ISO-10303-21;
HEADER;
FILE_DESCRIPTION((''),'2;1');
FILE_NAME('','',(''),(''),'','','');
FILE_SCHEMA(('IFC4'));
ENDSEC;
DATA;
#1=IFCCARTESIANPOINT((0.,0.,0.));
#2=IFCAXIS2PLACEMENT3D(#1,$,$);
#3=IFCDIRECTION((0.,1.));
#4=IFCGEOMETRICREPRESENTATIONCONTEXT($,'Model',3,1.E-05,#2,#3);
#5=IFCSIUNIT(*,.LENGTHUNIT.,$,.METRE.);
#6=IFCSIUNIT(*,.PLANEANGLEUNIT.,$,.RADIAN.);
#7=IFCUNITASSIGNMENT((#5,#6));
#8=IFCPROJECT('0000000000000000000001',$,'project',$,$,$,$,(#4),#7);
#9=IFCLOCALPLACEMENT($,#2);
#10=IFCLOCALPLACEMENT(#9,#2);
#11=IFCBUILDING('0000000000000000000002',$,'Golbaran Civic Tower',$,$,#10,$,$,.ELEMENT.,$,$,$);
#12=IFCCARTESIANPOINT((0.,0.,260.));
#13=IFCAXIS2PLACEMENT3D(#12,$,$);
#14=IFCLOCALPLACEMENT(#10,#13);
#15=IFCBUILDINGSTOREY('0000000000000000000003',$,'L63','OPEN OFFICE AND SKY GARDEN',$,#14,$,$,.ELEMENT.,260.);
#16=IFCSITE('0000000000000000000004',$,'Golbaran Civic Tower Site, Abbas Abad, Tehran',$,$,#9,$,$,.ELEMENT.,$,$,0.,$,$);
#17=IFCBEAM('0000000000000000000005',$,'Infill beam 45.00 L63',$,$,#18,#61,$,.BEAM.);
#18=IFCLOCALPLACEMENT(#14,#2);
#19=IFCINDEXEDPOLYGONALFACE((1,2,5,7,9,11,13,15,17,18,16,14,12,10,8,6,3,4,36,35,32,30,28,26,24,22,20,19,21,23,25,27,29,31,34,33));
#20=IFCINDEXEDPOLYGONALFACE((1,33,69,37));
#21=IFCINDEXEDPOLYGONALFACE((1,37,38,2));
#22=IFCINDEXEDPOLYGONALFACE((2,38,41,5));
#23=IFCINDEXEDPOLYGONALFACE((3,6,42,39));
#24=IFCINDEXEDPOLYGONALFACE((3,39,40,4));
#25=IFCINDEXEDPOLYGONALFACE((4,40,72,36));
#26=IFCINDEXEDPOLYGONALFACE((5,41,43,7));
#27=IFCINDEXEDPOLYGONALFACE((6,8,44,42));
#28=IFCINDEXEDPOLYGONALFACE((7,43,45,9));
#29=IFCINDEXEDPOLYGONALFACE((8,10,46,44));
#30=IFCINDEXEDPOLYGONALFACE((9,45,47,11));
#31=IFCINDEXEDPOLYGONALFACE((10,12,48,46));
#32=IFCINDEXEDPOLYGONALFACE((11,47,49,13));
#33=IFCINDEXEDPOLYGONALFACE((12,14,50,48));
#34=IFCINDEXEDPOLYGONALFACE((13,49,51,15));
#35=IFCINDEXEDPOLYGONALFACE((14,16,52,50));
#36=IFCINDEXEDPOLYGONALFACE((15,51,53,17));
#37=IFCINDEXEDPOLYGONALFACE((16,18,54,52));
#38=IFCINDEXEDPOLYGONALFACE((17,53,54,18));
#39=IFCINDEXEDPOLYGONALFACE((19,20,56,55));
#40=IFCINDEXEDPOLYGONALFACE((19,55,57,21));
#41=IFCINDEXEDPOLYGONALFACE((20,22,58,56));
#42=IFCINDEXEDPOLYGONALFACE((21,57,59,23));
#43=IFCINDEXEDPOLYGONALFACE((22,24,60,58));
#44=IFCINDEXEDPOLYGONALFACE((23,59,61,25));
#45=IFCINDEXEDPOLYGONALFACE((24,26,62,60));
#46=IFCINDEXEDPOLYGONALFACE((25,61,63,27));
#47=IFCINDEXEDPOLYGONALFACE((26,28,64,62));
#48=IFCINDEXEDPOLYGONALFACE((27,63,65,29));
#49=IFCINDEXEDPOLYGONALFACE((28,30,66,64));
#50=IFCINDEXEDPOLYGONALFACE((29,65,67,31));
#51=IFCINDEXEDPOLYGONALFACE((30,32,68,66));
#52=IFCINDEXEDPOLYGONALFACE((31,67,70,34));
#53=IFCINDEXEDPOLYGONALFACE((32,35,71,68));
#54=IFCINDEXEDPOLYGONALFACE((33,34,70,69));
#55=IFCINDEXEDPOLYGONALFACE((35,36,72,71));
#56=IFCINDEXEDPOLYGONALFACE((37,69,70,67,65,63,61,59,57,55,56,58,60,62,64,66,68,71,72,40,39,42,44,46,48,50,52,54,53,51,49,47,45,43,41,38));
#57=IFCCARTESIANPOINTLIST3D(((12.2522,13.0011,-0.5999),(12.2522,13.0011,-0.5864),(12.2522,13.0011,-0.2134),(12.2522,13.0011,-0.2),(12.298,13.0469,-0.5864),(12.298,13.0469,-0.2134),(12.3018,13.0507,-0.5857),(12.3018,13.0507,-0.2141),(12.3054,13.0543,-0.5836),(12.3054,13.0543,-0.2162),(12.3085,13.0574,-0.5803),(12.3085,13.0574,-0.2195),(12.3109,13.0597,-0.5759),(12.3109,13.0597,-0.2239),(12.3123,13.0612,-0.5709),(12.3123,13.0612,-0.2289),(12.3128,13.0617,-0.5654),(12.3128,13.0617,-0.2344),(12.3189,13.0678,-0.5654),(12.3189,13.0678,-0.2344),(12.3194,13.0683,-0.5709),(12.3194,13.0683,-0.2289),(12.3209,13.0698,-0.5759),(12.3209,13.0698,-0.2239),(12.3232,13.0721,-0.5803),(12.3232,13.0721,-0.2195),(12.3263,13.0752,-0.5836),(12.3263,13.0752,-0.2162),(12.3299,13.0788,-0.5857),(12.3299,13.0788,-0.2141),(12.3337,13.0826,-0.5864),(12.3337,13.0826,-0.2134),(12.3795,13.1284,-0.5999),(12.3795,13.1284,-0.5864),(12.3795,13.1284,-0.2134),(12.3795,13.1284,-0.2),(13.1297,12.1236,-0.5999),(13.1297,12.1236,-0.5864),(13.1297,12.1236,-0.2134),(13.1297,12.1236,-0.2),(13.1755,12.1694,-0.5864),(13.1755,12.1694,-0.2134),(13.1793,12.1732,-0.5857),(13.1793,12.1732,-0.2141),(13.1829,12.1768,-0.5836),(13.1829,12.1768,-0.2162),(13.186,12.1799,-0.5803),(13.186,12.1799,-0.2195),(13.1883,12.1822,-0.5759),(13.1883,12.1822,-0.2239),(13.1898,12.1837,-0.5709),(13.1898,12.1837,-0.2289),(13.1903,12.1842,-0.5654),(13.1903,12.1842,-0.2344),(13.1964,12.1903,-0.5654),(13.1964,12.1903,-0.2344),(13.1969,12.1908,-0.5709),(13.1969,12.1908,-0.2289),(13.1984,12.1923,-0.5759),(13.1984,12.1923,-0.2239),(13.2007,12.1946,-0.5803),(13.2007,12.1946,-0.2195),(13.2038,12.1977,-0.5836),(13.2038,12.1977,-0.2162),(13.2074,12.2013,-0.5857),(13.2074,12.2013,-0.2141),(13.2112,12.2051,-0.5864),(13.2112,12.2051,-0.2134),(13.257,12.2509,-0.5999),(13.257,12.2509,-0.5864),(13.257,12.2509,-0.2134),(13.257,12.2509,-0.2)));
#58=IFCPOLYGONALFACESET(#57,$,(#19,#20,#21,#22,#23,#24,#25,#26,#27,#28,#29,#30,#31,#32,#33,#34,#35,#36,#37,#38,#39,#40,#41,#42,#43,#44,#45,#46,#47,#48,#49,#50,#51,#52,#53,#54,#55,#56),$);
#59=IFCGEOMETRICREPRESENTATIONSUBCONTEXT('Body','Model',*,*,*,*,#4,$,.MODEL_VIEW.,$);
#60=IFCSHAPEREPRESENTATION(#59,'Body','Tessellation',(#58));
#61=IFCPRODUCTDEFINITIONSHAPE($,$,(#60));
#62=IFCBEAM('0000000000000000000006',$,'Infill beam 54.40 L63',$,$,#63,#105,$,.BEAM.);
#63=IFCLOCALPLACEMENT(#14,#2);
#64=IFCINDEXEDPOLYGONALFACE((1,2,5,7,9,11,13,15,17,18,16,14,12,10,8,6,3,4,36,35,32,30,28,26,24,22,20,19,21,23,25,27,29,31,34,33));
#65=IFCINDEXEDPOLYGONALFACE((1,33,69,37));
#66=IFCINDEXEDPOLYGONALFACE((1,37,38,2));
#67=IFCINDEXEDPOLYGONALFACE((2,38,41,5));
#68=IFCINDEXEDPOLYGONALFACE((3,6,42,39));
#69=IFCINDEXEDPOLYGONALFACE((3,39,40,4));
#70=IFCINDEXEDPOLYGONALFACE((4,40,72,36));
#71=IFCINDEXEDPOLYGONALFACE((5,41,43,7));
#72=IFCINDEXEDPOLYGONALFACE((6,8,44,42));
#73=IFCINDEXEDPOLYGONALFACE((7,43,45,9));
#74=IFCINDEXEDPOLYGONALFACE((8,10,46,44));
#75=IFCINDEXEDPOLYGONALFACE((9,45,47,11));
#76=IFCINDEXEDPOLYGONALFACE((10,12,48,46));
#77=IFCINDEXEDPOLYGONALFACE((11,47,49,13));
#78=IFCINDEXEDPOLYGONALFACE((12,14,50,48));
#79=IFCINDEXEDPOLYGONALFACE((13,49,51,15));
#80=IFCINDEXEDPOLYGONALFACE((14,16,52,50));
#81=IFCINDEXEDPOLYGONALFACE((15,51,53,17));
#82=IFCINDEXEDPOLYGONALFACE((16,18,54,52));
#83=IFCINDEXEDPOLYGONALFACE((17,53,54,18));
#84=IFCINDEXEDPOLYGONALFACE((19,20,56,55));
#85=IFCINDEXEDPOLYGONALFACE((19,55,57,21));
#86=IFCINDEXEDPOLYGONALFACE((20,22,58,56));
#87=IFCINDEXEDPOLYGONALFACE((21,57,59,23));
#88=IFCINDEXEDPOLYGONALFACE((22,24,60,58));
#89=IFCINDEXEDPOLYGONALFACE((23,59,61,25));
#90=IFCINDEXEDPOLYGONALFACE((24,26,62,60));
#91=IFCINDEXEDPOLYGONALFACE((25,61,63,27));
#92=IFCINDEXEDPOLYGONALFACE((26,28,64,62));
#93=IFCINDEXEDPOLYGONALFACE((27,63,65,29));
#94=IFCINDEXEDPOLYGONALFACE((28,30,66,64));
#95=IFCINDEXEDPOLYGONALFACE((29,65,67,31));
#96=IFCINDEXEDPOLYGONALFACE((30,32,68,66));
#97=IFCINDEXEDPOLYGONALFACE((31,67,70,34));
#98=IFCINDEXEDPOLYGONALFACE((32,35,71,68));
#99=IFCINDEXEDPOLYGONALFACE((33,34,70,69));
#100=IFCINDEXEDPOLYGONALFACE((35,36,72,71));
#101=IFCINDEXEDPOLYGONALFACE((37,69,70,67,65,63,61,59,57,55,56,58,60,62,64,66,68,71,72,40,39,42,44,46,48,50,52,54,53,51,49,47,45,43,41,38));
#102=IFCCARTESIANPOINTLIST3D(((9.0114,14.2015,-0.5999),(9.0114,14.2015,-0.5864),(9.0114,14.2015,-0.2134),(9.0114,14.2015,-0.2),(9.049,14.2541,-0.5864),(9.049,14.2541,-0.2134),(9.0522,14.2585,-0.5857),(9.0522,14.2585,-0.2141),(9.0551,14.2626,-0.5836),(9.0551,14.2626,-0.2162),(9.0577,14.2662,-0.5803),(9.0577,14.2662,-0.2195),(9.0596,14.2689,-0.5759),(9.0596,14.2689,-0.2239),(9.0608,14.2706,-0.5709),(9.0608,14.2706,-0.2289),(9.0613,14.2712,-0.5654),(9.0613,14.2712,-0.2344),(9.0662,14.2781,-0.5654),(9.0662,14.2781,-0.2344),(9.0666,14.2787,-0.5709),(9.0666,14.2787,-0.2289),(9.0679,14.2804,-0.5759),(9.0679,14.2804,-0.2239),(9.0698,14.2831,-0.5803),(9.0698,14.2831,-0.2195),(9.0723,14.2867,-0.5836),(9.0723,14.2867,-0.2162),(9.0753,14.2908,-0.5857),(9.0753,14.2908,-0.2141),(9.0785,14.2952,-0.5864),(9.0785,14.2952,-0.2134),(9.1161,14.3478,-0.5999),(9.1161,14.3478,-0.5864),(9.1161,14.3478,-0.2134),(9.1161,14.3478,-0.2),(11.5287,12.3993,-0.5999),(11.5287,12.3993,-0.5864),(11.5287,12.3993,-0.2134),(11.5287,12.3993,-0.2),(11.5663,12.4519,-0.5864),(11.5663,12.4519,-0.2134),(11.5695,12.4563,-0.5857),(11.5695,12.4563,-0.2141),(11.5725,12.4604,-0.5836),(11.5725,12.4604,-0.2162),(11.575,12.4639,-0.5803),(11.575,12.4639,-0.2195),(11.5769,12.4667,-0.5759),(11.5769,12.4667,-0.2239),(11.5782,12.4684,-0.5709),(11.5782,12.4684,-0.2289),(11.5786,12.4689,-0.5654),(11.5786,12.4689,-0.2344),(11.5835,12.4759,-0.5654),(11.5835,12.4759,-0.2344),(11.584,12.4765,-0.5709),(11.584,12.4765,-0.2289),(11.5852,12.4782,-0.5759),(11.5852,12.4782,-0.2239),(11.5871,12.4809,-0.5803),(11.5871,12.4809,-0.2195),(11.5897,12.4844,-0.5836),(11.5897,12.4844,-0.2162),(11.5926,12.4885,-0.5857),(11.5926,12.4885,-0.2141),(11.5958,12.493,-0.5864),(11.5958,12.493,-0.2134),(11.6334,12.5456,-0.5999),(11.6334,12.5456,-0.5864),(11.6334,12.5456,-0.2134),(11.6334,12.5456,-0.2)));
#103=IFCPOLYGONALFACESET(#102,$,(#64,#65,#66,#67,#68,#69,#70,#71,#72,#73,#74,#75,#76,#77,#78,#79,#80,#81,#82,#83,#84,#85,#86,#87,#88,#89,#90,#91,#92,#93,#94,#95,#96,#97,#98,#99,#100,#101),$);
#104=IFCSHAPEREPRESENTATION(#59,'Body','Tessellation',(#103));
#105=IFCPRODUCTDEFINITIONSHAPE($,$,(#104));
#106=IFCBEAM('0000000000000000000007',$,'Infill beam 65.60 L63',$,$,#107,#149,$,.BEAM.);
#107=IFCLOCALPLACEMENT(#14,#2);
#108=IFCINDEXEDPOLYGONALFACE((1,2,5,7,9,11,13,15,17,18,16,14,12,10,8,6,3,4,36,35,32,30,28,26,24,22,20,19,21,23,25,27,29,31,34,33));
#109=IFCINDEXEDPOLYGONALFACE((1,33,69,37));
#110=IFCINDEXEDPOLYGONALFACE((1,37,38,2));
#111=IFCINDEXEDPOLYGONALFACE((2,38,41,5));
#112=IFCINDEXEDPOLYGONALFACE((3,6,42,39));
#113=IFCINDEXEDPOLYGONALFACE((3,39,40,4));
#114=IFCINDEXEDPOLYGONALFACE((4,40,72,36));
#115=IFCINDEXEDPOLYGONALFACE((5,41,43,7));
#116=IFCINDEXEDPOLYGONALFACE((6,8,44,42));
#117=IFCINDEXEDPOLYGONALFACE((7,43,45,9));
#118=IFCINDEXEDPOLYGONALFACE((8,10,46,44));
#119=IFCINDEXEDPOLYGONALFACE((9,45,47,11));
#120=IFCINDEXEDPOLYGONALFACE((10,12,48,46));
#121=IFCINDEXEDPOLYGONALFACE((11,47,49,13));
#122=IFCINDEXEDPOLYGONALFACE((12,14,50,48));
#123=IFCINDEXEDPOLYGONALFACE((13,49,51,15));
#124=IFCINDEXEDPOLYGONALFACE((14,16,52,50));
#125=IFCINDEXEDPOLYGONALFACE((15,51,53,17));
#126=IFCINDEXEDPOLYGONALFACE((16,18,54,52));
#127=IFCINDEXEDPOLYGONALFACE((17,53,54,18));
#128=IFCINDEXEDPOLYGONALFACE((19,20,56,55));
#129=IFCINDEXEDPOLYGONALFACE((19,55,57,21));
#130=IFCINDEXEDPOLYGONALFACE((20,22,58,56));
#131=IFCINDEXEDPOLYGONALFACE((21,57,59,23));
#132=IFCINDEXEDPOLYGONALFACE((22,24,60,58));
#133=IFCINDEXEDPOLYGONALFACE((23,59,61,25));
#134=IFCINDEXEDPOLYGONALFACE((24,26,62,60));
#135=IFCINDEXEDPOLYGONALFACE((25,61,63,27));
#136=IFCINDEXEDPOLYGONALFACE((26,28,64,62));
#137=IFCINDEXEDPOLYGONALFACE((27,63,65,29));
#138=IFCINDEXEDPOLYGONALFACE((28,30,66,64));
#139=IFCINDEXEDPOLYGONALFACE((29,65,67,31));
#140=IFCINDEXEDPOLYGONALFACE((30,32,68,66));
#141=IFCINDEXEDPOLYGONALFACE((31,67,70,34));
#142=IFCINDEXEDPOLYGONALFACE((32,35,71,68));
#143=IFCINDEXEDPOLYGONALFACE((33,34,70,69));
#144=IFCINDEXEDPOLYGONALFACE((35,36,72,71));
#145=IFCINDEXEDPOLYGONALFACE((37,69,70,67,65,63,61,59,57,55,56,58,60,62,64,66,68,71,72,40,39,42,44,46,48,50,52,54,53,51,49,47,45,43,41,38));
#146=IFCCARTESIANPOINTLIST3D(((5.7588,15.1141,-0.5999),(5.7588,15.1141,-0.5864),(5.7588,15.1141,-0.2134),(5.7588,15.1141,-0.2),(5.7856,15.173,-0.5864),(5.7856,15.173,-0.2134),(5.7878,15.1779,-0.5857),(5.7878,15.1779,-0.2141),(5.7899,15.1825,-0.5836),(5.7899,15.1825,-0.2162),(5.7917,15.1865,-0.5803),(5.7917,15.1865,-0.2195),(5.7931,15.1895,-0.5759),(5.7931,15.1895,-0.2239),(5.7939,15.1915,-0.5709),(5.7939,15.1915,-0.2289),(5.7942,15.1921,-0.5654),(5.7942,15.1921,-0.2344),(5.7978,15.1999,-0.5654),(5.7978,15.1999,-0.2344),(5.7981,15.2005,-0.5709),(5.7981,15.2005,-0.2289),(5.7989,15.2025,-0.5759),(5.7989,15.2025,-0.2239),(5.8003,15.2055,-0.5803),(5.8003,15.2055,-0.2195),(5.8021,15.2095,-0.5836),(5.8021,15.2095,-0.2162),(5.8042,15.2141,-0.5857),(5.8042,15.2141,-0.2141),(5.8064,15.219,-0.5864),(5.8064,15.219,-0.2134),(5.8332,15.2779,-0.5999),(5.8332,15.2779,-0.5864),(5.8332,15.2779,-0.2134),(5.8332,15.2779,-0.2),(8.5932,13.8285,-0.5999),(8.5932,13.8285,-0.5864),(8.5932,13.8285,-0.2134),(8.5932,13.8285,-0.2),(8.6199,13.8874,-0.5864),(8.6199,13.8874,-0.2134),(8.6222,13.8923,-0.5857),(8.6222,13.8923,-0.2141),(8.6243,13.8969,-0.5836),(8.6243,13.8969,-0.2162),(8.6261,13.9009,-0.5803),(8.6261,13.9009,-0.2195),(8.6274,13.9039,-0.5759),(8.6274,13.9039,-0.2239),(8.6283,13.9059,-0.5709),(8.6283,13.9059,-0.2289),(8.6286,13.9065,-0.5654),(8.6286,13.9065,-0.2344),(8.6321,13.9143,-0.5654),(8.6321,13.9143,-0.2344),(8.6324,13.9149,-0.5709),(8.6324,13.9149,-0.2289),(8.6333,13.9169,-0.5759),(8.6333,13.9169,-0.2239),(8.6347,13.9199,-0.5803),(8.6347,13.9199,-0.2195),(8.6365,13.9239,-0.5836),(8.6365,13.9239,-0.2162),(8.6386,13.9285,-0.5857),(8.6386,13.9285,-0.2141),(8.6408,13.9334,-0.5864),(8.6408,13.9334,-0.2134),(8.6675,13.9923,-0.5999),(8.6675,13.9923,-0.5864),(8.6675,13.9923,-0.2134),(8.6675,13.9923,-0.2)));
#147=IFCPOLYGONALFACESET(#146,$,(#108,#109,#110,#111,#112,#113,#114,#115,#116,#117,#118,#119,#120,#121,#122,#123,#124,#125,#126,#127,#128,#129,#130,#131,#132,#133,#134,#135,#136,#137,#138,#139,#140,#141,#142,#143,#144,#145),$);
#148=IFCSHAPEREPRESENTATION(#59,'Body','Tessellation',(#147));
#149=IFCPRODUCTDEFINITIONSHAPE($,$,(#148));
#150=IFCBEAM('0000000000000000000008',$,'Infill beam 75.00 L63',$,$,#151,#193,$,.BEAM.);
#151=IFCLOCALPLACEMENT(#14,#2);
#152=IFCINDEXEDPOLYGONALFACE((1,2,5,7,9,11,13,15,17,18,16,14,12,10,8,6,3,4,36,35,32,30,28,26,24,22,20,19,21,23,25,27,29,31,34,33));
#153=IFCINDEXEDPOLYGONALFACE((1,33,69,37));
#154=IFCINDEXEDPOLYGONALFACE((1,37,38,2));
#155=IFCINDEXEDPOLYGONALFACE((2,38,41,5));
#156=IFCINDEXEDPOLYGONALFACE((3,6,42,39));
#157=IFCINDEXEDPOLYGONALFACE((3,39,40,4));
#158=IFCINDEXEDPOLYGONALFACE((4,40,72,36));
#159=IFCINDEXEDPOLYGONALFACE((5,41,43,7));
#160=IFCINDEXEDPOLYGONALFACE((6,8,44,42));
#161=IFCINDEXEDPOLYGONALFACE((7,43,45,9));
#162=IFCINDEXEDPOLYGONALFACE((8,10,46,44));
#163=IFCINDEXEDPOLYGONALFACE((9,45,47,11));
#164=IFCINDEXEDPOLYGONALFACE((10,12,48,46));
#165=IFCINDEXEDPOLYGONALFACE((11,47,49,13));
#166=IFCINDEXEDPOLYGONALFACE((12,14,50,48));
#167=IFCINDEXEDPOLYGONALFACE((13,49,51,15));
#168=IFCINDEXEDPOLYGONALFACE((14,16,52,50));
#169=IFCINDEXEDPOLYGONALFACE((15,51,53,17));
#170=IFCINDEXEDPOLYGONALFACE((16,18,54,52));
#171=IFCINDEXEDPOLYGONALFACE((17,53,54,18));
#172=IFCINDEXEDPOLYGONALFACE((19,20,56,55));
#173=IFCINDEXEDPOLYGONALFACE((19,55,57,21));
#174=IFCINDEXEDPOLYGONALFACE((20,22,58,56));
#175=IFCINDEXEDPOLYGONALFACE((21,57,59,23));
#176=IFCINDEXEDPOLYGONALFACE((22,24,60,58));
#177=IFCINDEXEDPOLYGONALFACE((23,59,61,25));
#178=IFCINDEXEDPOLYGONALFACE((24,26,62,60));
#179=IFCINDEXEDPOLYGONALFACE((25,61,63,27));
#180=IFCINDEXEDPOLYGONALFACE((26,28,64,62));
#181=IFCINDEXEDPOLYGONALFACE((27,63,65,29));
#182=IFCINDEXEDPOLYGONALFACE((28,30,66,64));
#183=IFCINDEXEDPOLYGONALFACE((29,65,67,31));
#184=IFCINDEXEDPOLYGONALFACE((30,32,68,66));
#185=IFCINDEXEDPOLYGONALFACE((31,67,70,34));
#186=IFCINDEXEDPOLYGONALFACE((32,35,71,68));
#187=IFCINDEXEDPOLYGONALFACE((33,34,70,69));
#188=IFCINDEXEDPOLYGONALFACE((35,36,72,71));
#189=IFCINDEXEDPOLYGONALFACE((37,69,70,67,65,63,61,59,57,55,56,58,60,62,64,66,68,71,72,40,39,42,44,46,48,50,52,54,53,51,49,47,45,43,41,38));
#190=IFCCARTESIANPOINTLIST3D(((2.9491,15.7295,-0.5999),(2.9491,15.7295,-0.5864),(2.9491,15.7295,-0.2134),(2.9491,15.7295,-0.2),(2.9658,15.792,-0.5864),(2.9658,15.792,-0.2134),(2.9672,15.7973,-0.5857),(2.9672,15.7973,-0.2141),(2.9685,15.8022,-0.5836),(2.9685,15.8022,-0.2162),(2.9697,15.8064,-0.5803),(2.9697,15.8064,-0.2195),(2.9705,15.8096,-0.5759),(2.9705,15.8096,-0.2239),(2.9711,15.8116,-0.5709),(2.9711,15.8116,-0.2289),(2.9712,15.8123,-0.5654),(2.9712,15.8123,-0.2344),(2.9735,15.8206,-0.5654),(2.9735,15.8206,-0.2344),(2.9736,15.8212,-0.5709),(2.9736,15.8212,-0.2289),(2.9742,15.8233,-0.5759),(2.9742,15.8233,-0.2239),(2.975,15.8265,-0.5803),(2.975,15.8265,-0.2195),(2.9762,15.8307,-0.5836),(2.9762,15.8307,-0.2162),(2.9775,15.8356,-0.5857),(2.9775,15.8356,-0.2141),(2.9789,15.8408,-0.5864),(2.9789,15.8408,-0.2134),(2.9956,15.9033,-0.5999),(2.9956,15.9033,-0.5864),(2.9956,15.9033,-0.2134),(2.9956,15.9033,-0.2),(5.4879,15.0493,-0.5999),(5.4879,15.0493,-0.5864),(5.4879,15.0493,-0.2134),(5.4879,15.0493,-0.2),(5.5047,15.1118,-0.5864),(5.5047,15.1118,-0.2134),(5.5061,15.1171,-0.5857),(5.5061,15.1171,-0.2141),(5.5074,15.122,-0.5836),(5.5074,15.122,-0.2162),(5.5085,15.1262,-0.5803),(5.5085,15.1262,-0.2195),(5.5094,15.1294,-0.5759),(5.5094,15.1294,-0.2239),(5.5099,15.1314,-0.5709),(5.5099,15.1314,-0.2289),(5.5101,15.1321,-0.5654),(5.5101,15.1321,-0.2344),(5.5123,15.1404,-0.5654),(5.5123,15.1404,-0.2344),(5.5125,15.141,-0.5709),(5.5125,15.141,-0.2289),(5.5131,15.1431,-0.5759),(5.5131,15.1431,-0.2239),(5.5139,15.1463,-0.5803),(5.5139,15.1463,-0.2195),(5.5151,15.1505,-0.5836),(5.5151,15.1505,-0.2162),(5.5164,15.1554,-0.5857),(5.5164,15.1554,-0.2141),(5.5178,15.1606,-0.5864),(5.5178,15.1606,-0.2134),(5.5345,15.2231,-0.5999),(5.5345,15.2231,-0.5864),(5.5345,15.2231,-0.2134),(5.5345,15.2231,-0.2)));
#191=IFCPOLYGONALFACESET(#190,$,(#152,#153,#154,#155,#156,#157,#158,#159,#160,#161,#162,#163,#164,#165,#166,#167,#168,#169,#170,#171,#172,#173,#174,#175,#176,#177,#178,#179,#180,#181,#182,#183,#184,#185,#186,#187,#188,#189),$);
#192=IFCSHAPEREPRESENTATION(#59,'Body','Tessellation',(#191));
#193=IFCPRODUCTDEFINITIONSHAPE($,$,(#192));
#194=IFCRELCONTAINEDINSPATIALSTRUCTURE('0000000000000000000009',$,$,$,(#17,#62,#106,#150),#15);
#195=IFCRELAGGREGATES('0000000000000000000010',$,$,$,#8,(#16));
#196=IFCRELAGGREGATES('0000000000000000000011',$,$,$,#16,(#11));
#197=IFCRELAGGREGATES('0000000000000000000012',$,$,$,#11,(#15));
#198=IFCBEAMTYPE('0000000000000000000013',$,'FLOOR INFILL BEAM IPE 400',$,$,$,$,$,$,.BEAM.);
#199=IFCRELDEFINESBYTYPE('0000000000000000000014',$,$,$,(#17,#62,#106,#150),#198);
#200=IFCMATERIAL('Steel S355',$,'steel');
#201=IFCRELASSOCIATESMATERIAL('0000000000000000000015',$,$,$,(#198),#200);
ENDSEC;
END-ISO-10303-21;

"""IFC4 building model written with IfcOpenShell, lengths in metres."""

from ifc_helpers import new_model, si_unit, direction, frame, origin, origin_2d, place, context, subcontext, project, spatial, i_section, extrude, material, material_profile, profile_set, type_object, element, save


model = new_model("IFC4")

# Units and contexts
model_context = context("Model", 3, precision=1e-05, world=origin(), true_north=direction((0.0, 1.0)))
body_context = subcontext(model_context, "Body", "Model", "MODEL_VIEW")
ifc_project = project(units=[si_unit("LENGTHUNIT", "METRE"), si_unit("PLANEANGLEUNIT", "RADIAN")], contexts=[model_context])

# Site, building, storey
site_placement = place(None, origin())
site = spatial("IfcSite", under=ifc_project, at=site_placement, Name="Golbaran Civic Tower Site, Abbas Abad, Tehran", CompositionType="ELEMENT", RefElevation=0.0)
building_placement = place(site_placement, origin())
building = spatial("IfcBuilding", under=site, at=building_placement, Name="Golbaran Civic Tower", CompositionType="ELEMENT")
storey_placement = place(building_placement, frame((0.0, 0.0, 260.0)))
storey = spatial("IfcBuildingStorey", under=building, at=storey_placement, Name="L63", Description="OPEN OFFICE AND SKY GARDEN", CompositionType="ELEMENT", Elevation=260.0)

# Beams
ifc_material_1 = material(Name="Steel S355", Category="steel")
ifc_material_profile_1 = material_profile(ifc_material_1, i_section(OverallWidth=0.1799, OverallDepth=0.3999, WebThickness=0.0085, FlangeThickness=0.0134, FilletRadius=0.021, at=origin_2d()), Name="IPE 400")
ifc_profile_set_1 = profile_set([ifc_material_profile_1], Name="Steel S355")
beam_type_1 = type_object("IfcBeamType", Name="FLOOR INFILL BEAM IPE 400", PredefinedType="BEAM", material=ifc_profile_set_1)
beam_1_placement = place(storey_placement, frame((13.1934, 12.1873, -0.3999), z_axis=(-0.707107, 0.707107, 0.0), x_axis=(-0.707107, -0.707107, 0.0)))
element("IfcBeam", 1, at=beam_1_placement, inside=storey, type_object=beam_type_1, Name="Infill beam 45.00 L63", PredefinedType="BEAM", context=body_context, shape_type="SweptSolid", body=[
    extrude(i_section(OverallWidth=0.1799, OverallDepth=0.3999, WebThickness=0.0085, FlangeThickness=0.0134, FilletRadius=0.021, at=origin_2d()), origin(), (0.0, 0.0, 1.0), 1.241),
])
beam_2_placement = place(storey_placement, frame((11.5811, 12.4724, -0.3999), z_axis=(-0.813099, 0.582126, 0.0), x_axis=(-0.582126, -0.813099, 0.0)))
element("IfcBeam", 2, at=beam_2_placement, inside=storey, type_object=beam_type_1, Name="Infill beam 54.40 L63", PredefinedType="BEAM", context=body_context, shape_type="SweptSolid", body=[
    extrude(i_section(OverallWidth=0.1799, OverallDepth=0.3999, WebThickness=0.0085, FlangeThickness=0.0134, FilletRadius=0.021, at=origin_2d()), origin(), (0.0, 0.0, 1.0), 3.0959),
])
beam_3_placement = place(storey_placement, frame((8.6304, 13.9104, -0.3999), z_axis=(-0.910699, 0.41307, 0.0), x_axis=(-0.41307, -0.910699, 0.0)))
element("IfcBeam", 3, at=beam_3_placement, inside=storey, type_object=beam_type_1, Name="Infill beam 65.60 L63", PredefinedType="BEAM", context=body_context, shape_type="SweptSolid", body=[
    extrude(i_section(OverallWidth=0.1799, OverallDepth=0.3999, WebThickness=0.0085, FlangeThickness=0.0134, FilletRadius=0.021, at=origin_2d()), origin(), (0.0, 0.0, 1.0), 3.1123),
])
beam_4_placement = place(storey_placement, frame((5.5112, 15.1362, -0.3999), z_axis=(-0.965935, 0.258784, 0.0), x_axis=(-0.258784, -0.965935, 0.0)))
element("IfcBeam", 4, at=beam_4_placement, inside=storey, type_object=beam_type_1, Name="Infill beam 75.00 L63", PredefinedType="BEAM", context=body_context, shape_type="SweptSolid", body=[
    extrude(i_section(OverallWidth=0.1799, OverallDepth=0.3999, WebThickness=0.0085, FlangeThickness=0.0134, FilletRadius=0.021, at=origin_2d()), origin(), (0.0, 0.0, 1.0), 2.6284),
])

save(model, "model.ifc")
